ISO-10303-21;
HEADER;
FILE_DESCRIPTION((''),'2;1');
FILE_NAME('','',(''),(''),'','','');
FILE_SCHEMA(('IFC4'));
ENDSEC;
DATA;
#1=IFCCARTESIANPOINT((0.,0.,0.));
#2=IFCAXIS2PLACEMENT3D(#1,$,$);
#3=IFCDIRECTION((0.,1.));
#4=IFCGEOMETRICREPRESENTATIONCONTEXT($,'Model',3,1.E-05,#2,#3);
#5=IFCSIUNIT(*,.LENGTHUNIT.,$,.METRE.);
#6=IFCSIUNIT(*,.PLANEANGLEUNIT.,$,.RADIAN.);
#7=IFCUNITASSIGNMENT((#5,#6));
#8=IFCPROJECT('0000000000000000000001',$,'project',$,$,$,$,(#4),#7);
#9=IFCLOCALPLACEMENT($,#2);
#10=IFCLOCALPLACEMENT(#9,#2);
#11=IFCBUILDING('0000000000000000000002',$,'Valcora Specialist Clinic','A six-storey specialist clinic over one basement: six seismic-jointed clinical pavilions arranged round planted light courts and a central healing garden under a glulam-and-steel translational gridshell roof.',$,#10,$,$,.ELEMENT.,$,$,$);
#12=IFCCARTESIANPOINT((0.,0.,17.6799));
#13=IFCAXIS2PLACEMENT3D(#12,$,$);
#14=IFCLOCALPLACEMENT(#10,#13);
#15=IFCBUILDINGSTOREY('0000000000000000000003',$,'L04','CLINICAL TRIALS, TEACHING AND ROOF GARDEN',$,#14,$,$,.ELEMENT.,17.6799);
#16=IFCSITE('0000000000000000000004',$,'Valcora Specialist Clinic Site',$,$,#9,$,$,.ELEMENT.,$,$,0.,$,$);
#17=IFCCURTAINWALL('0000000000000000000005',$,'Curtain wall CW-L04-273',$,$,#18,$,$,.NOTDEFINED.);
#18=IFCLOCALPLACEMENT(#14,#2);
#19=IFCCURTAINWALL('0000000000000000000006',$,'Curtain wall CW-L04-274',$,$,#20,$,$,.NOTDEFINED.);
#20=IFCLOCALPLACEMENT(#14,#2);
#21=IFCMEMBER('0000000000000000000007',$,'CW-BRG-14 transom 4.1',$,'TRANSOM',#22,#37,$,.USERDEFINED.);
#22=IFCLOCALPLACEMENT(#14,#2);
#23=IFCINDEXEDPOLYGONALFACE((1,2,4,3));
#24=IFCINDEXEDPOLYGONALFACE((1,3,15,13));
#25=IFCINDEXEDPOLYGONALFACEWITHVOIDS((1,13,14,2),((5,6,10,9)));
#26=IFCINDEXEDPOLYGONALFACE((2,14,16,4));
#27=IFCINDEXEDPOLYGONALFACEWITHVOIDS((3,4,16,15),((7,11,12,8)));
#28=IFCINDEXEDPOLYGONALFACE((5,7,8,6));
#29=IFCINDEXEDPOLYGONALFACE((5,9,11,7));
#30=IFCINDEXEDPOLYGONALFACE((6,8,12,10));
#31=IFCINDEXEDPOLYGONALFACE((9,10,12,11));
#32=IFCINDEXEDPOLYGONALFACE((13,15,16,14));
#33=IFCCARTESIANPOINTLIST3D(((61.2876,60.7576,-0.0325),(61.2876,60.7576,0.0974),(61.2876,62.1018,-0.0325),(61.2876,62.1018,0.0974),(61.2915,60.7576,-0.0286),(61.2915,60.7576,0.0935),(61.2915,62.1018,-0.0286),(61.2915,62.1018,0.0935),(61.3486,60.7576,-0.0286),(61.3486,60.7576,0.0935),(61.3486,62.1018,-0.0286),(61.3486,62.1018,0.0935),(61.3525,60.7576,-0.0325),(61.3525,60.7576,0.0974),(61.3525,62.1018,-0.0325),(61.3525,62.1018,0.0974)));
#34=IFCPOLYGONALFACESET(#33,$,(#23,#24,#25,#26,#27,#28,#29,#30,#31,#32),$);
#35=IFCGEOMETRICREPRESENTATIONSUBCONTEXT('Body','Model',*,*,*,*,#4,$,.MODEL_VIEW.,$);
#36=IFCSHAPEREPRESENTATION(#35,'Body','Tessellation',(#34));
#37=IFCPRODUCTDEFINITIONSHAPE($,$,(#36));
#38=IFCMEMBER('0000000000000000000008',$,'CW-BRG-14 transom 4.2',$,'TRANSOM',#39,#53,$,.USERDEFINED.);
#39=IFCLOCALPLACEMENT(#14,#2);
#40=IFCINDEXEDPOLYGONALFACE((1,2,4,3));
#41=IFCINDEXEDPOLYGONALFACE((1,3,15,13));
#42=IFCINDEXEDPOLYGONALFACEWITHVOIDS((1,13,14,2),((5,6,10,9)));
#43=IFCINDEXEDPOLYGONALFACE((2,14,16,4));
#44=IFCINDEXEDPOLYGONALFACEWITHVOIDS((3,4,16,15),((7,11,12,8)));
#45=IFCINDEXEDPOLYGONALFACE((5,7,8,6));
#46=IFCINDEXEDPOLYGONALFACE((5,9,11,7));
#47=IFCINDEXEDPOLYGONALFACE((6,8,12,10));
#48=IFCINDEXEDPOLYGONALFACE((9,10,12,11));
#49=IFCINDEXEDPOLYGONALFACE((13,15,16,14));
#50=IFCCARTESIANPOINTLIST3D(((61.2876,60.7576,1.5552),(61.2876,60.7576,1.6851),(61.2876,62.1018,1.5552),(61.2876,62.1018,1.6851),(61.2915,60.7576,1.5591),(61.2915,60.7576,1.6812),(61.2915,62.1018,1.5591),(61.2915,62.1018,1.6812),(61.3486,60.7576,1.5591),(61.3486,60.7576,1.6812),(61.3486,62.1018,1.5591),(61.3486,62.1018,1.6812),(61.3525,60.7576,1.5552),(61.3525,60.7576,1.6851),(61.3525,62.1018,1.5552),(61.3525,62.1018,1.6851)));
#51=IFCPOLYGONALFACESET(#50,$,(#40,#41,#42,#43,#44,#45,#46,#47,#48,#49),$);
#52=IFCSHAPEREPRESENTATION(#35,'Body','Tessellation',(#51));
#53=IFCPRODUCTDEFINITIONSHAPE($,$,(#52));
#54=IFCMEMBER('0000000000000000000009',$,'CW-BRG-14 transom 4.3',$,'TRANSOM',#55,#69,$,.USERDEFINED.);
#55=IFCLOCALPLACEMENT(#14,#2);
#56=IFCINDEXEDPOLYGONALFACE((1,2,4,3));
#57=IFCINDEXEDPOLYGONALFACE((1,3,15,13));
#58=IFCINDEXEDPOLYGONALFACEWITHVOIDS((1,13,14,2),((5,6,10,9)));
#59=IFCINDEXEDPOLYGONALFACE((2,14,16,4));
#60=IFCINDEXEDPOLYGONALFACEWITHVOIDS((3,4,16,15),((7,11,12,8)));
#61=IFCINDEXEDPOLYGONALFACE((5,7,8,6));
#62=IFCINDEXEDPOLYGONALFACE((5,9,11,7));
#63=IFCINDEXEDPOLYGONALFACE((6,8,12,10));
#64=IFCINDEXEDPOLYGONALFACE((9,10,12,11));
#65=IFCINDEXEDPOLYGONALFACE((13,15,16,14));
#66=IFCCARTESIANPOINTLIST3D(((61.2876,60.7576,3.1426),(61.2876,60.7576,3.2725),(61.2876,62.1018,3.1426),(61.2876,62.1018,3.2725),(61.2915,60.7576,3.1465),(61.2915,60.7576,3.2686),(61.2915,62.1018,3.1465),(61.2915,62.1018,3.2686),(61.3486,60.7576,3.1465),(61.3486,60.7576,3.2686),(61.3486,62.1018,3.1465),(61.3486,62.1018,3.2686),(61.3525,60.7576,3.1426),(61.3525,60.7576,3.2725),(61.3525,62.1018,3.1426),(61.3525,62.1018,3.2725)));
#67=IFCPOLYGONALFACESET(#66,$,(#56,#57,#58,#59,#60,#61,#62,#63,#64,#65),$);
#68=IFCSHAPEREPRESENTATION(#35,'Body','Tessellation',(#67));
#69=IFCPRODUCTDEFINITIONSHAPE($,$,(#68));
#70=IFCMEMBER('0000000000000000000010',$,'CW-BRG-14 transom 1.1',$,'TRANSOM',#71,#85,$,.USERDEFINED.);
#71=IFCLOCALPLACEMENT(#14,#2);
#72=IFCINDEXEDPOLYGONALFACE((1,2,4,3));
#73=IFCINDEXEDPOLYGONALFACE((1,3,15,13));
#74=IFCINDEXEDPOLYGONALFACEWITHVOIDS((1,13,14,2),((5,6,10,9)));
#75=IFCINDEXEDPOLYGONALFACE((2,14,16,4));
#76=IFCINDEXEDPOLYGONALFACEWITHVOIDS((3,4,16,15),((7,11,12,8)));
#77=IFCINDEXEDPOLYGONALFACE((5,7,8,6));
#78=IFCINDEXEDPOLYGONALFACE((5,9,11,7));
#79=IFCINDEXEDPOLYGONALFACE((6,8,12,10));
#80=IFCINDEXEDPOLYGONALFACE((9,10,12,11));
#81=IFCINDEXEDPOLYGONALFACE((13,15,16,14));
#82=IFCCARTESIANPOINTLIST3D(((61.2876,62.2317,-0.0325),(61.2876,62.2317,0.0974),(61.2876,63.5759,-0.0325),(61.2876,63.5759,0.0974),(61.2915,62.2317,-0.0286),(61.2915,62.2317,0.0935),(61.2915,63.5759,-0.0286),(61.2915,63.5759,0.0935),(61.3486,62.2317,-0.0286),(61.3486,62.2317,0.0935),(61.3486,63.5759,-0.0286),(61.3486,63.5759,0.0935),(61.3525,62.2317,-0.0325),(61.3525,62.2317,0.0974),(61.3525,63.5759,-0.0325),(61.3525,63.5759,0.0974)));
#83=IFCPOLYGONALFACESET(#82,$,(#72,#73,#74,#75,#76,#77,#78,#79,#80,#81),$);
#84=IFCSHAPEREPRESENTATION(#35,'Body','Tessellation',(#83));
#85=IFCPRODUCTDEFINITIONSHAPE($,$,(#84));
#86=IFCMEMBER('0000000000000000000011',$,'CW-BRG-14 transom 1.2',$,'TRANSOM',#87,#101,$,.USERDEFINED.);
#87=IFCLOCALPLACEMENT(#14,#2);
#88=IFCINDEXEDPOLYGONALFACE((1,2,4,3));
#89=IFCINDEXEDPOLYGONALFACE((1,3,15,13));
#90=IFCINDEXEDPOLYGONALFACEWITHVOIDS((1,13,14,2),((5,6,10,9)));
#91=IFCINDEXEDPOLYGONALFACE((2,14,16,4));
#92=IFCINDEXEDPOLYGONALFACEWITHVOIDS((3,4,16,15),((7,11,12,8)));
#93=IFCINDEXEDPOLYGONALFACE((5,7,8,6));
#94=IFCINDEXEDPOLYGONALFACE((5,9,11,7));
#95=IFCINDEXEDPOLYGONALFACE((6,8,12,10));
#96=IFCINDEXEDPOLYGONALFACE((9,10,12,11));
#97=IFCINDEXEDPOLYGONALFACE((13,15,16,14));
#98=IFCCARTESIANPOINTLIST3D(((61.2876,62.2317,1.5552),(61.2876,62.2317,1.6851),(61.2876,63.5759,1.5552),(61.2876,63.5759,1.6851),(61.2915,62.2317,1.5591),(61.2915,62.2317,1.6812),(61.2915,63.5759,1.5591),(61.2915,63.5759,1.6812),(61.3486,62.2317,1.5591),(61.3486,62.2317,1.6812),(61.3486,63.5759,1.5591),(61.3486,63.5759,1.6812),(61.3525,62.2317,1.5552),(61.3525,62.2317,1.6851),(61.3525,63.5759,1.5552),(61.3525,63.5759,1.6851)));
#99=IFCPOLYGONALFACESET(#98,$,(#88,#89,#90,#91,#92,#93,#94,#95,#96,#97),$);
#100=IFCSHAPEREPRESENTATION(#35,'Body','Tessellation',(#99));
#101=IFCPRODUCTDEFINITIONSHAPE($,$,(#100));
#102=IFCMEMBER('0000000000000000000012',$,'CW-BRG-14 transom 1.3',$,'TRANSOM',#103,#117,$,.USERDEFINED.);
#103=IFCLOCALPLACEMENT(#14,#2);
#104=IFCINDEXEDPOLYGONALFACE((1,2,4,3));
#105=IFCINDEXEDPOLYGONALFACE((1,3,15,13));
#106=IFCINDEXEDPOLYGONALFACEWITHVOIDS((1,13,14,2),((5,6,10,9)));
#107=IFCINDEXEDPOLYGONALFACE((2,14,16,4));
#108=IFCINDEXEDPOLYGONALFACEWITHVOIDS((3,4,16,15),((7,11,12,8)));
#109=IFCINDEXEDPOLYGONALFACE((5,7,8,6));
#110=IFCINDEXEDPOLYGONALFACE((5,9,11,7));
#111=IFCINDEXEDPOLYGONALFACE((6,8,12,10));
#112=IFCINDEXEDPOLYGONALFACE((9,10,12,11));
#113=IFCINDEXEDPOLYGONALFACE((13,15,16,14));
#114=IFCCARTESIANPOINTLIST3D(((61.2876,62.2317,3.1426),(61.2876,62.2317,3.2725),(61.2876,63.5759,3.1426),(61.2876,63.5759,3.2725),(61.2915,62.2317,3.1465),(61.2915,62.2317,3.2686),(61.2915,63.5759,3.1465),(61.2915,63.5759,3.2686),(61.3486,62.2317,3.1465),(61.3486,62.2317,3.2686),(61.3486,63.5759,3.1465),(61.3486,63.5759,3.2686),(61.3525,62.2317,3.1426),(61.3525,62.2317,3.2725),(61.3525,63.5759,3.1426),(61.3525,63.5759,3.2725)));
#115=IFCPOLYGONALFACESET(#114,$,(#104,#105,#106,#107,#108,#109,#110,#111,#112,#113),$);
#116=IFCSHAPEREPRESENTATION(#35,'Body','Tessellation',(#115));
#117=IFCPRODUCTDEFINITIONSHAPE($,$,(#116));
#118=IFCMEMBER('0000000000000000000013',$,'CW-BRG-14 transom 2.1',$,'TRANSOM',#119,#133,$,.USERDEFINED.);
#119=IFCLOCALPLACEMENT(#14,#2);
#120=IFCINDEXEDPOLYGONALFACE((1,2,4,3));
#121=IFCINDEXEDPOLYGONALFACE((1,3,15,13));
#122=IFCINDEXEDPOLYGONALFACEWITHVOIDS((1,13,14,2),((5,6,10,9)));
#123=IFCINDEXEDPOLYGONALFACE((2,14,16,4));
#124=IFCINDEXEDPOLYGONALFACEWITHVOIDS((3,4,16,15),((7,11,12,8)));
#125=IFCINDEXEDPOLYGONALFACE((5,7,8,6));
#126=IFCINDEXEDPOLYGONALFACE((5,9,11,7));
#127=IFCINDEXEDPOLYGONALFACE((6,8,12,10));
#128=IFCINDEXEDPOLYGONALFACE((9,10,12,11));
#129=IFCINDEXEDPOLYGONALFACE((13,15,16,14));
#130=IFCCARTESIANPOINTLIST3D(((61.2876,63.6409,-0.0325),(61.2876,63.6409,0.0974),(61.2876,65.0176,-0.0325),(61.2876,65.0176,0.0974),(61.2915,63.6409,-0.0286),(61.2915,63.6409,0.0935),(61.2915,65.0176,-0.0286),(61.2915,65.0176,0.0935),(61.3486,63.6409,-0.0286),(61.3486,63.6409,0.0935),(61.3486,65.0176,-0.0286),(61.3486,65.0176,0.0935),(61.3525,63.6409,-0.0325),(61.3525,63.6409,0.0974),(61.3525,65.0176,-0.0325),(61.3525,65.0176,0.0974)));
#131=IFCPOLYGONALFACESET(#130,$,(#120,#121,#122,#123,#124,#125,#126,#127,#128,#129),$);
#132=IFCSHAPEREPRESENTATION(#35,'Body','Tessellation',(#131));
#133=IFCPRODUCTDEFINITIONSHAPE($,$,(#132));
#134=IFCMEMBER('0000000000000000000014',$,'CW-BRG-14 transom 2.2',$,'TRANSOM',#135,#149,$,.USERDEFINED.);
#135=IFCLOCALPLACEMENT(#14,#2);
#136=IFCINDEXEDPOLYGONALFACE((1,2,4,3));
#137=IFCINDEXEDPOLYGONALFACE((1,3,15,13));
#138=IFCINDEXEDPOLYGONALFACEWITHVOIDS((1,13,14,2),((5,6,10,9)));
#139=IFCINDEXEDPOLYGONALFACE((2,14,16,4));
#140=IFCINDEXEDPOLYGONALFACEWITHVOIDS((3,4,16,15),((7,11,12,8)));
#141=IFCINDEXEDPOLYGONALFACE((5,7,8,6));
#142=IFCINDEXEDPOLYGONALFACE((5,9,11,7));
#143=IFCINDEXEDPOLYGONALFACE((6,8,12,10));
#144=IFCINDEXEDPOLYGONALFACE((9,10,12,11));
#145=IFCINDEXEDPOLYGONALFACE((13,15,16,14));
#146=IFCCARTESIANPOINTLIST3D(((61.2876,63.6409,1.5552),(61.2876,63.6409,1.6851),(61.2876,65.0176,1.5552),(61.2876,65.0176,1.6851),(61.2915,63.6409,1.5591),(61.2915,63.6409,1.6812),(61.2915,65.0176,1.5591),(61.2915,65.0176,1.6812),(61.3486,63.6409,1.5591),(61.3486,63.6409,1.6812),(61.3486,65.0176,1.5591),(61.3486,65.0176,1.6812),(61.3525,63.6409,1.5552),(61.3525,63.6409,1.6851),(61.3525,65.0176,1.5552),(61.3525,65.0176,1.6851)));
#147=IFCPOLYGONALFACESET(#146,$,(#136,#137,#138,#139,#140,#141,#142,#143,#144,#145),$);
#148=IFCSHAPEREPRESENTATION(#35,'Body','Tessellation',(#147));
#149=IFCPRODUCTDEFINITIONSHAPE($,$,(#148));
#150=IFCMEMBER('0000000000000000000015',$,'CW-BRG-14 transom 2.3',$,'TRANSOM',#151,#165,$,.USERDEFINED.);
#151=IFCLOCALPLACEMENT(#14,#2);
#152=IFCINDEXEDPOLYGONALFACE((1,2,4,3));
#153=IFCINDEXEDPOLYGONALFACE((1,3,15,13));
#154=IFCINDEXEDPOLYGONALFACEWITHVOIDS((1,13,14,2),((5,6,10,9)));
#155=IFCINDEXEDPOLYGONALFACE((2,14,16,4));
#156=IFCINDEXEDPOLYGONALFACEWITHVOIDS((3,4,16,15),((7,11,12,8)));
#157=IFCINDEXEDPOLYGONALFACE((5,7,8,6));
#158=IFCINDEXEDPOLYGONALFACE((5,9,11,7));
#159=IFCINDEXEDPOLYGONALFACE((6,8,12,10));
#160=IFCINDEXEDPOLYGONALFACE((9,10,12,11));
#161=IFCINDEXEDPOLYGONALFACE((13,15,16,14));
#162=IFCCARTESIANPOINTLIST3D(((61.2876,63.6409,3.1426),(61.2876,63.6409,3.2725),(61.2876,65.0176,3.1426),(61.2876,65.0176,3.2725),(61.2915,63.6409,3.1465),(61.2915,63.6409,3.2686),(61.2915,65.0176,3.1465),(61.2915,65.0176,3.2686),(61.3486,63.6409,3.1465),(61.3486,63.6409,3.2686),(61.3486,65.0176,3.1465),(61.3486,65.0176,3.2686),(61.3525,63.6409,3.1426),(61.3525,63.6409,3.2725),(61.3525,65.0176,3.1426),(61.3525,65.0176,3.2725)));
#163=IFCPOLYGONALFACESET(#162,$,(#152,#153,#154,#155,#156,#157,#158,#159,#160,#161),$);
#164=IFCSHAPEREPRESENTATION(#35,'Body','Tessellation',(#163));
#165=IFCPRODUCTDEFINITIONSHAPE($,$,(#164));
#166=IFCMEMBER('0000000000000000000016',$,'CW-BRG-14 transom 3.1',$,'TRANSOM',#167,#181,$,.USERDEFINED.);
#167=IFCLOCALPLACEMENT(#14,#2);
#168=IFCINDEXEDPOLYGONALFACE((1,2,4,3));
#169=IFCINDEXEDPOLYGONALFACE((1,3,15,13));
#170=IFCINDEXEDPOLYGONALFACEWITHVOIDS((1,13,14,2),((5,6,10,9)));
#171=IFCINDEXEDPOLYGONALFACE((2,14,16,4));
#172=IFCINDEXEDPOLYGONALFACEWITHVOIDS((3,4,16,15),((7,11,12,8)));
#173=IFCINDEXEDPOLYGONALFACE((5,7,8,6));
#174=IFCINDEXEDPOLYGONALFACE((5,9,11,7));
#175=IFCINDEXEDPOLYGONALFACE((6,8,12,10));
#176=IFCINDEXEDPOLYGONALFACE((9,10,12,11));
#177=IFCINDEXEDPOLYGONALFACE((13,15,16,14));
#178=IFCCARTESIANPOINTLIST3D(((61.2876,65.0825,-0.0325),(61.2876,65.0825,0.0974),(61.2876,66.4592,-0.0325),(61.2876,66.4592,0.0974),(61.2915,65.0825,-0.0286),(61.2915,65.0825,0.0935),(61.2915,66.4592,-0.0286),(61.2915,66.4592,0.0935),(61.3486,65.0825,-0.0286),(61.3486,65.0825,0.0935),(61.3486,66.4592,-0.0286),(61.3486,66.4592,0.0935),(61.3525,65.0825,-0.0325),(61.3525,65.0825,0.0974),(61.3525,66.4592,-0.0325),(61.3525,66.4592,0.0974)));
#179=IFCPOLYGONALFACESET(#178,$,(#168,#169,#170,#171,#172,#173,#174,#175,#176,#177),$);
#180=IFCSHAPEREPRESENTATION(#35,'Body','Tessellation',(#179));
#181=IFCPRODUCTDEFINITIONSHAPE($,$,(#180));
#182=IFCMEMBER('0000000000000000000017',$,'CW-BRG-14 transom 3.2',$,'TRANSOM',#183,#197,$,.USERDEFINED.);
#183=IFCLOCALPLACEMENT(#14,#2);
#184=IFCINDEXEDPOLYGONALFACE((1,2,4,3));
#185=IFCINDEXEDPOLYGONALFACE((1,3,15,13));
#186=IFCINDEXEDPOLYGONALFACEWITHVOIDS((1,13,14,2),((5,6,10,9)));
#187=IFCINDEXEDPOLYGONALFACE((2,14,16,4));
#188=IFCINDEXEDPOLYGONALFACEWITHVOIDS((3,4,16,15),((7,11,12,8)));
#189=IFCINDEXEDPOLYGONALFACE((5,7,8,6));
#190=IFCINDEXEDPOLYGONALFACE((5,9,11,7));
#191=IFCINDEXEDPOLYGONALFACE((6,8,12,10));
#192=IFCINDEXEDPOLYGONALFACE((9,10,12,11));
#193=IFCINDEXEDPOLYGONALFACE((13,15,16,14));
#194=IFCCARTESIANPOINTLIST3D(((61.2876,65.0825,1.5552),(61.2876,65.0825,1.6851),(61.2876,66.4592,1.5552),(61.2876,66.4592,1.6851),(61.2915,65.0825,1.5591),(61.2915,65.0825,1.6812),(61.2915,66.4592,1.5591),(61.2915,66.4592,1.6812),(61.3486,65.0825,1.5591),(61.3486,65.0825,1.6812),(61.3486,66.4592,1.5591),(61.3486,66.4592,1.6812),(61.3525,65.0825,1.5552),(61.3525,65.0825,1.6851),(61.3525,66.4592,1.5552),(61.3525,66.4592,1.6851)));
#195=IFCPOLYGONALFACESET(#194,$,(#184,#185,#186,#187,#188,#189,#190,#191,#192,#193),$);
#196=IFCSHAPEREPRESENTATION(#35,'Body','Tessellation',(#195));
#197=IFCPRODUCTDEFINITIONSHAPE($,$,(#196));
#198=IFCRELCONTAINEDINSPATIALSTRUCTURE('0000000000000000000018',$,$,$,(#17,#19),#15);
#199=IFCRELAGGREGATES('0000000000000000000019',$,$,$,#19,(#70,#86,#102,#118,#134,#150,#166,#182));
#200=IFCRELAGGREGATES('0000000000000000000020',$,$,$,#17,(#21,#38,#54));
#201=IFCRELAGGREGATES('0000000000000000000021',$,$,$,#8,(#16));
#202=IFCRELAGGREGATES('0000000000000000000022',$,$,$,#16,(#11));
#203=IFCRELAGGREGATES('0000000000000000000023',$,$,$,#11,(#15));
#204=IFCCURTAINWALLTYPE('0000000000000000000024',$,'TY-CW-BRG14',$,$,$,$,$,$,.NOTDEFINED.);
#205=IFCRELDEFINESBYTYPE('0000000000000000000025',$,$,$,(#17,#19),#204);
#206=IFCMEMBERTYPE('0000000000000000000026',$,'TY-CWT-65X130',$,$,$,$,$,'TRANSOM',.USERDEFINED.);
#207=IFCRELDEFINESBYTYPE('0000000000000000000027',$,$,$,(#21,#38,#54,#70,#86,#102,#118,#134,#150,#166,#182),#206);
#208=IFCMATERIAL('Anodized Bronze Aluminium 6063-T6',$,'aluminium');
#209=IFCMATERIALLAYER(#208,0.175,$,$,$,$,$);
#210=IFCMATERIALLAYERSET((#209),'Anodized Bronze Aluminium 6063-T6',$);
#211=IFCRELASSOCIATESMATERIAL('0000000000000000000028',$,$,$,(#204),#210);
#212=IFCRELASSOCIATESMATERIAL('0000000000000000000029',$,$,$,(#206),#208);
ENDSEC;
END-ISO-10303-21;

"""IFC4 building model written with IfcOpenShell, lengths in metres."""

from ifc_helpers import new_model, si_unit, direction, frame, origin, origin_2d, place, context, subcontext, project, spatial, hollow_rectangle, extrude, material, layer, layer_set, material_profile, profile_set, type_object, element, aggregate, save


model = new_model("IFC4")

# Units and contexts
model_context = context("Model", 3, precision=1e-05, world=origin(), true_north=direction((0.0, 1.0)))
body_context = subcontext(model_context, "Body", "Model", "MODEL_VIEW")
ifc_project = project(units=[si_unit("LENGTHUNIT", "METRE"), si_unit("PLANEANGLEUNIT", "RADIAN")], contexts=[model_context])

# Site, building, storey
site_placement = place(None, origin())
site = spatial("IfcSite", under=ifc_project, at=site_placement, Name="Valcora Specialist Clinic Site", CompositionType="ELEMENT", RefElevation=0.0)
building_placement = place(site_placement, origin())
building = spatial("IfcBuilding", under=site, at=building_placement, Name="Valcora Specialist Clinic", Description="A six-storey specialist clinic over one basement: six seismic-jointed clinical pavilions arranged round planted light courts and a central healing garden under a glulam-and-steel translational gridshell roof.", CompositionType="ELEMENT")
storey_placement = place(building_placement, frame((0.0, 0.0, 17.6799)))
storey = spatial("IfcBuildingStorey", under=building, at=storey_placement, Name="L04", Description="CLINICAL TRIALS, TEACHING AND ROOF GARDEN", CompositionType="ELEMENT", Elevation=17.6799)

# Curtain walls
ifc_material_1 = material(Name="Anodized Bronze Aluminium 6063-T6", Category="aluminium")
ifc_layer_1 = layer(ifc_material_1, 0.175)
ifc_layer_set_1 = layer_set([ifc_layer_1], Name="Anodized Bronze Aluminium 6063-T6")
curtain_wall_type = type_object("IfcCurtainWallType", Name="TY-CW-BRG14", PredefinedType="NOTDEFINED", material=ifc_layer_set_1)
curtain_wall_1_placement = place(storey_placement, origin())
curtain_wall_1 = element("IfcCurtainWall", 1, at=curtain_wall_1_placement, inside=storey, type_object=curtain_wall_type, Name="Curtain wall CW-L04-273", PredefinedType="NOTDEFINED")
curtain_wall_2_placement = place(storey_placement, origin())
curtain_wall_2 = element("IfcCurtainWall", 2, at=curtain_wall_2_placement, inside=storey, type_object=curtain_wall_type, Name="Curtain wall CW-L04-274", PredefinedType="NOTDEFINED")

# Members
ifc_material_profile_1 = material_profile(ifc_material_1, hollow_rectangle(XDim=0.0649, YDim=0.1299, WallThickness=0.0039, at=origin_2d()), Name="AL-TRN-65X130")
ifc_profile_set_1 = profile_set([ifc_material_profile_1], Name="Anodized Bronze Aluminium 6063-T6")
member_type_1 = type_object("IfcMemberType", Name="TY-CWT-65X130", ElementType="TRANSOM", PredefinedType="USERDEFINED", material=ifc_profile_set_1)
member_1_placement = place(storey_placement, frame((61.3201, 60.7576, 0.0325), z_axis=(0.0, 1.0, 0.0), x_axis=(-1.0, 0.0, 0.0)))
member_1 = element("IfcMember", 3, at=member_1_placement, type_object=member_type_1, Name="CW-BRG-14 transom 4.1", ObjectType="TRANSOM", PredefinedType="USERDEFINED", context=body_context, shape_type="SweptSolid", body=[
    extrude(hollow_rectangle(XDim=0.0649, YDim=0.1299, WallThickness=0.0039, at=origin_2d()), origin(), (0.0, 0.0, 1.0), 1.3442),
])
member_2_placement = place(storey_placement, frame((61.3201, 60.7576, 1.6201), z_axis=(0.0, 1.0, 0.0), x_axis=(-1.0, 0.0, 0.0)))
member_2 = element("IfcMember", 4, at=member_2_placement, type_object=member_type_1, Name="CW-BRG-14 transom 4.2", ObjectType="TRANSOM", PredefinedType="USERDEFINED", context=body_context, shape_type="SweptSolid", body=[
    extrude(hollow_rectangle(XDim=0.0649, YDim=0.1299, WallThickness=0.0039, at=origin_2d()), origin(), (0.0, 0.0, 1.0), 1.3442),
])
member_3_placement = place(storey_placement, frame((61.3201, 60.7576, 3.2075), z_axis=(0.0, 1.0, 0.0), x_axis=(-1.0, 0.0, 0.0)))
member_3 = element("IfcMember", 5, at=member_3_placement, type_object=member_type_1, Name="CW-BRG-14 transom 4.3", ObjectType="TRANSOM", PredefinedType="USERDEFINED", context=body_context, shape_type="SweptSolid", body=[
    extrude(hollow_rectangle(XDim=0.0649, YDim=0.1299, WallThickness=0.0039, at=origin_2d()), origin(), (0.0, 0.0, 1.0), 1.3442),
])
member_4_placement = place(storey_placement, frame((61.3201, 62.2317, 0.0325), z_axis=(0.0, 1.0, 0.0), x_axis=(-1.0, 0.0, 0.0)))
member_4 = element("IfcMember", 6, at=member_4_placement, type_object=member_type_1, Name="CW-BRG-14 transom 1.1", ObjectType="TRANSOM", PredefinedType="USERDEFINED", context=body_context, shape_type="SweptSolid", body=[
    extrude(hollow_rectangle(XDim=0.0649, YDim=0.1299, WallThickness=0.0039, at=origin_2d()), origin(), (0.0, 0.0, 1.0), 1.3442),
])
member_5_placement = place(storey_placement, frame((61.3201, 62.2317, 1.6201), z_axis=(0.0, 1.0, 0.0), x_axis=(-1.0, 0.0, 0.0)))
member_5 = element("IfcMember", 7, at=member_5_placement, type_object=member_type_1, Name="CW-BRG-14 transom 1.2", ObjectType="TRANSOM", PredefinedType="USERDEFINED", context=body_context, shape_type="SweptSolid", body=[
    extrude(hollow_rectangle(XDim=0.0649, YDim=0.1299, WallThickness=0.0039, at=origin_2d()), origin(), (0.0, 0.0, 1.0), 1.3442),
])
member_6_placement = place(storey_placement, frame((61.3201, 62.2317, 3.2075), z_axis=(0.0, 1.0, 0.0), x_axis=(-1.0, 0.0, 0.0)))
member_6 = element("IfcMember", 8, at=member_6_placement, type_object=member_type_1, Name="CW-BRG-14 transom 1.3", ObjectType="TRANSOM", PredefinedType="USERDEFINED", context=body_context, shape_type="SweptSolid", body=[
    extrude(hollow_rectangle(XDim=0.0649, YDim=0.1299, WallThickness=0.0039, at=origin_2d()), origin(), (0.0, 0.0, 1.0), 1.3442),
])
member_7_placement = place(storey_placement, frame((61.3201, 63.6409, 0.0325), z_axis=(0.0, 1.0, 0.0), x_axis=(-1.0, 0.0, 0.0)))
member_7 = element("IfcMember", 9, at=member_7_placement, type_object=member_type_1, Name="CW-BRG-14 transom 2.1", ObjectType="TRANSOM", PredefinedType="USERDEFINED", context=body_context, shape_type="SweptSolid", body=[
    extrude(hollow_rectangle(XDim=0.0649, YDim=0.1299, WallThickness=0.0039, at=origin_2d()), origin(), (0.0, 0.0, 1.0), 1.3767),
])
member_8_placement = place(storey_placement, frame((61.3201, 63.6409, 1.6201), z_axis=(0.0, 1.0, 0.0), x_axis=(-1.0, 0.0, 0.0)))
member_8 = element("IfcMember", 10, at=member_8_placement, type_object=member_type_1, Name="CW-BRG-14 transom 2.2", ObjectType="TRANSOM", PredefinedType="USERDEFINED", context=body_context, shape_type="SweptSolid", body=[
    extrude(hollow_rectangle(XDim=0.0649, YDim=0.1299, WallThickness=0.0039, at=origin_2d()), origin(), (0.0, 0.0, 1.0), 1.3767),
])
member_9_placement = place(storey_placement, frame((61.3201, 63.6409, 3.2075), z_axis=(0.0, 1.0, 0.0), x_axis=(-1.0, 0.0, 0.0)))
member_9 = element("IfcMember", 11, at=member_9_placement, type_object=member_type_1, Name="CW-BRG-14 transom 2.3", ObjectType="TRANSOM", PredefinedType="USERDEFINED", context=body_context, shape_type="SweptSolid", body=[
    extrude(hollow_rectangle(XDim=0.0649, YDim=0.1299, WallThickness=0.0039, at=origin_2d()), origin(), (0.0, 0.0, 1.0), 1.3767),
])
member_10_placement = place(storey_placement, frame((61.3201, 65.0825, 0.0325), z_axis=(0.0, 1.0, 0.0), x_axis=(-1.0, 0.0, 0.0)))
member_10 = element("IfcMember", 12, at=member_10_placement, type_object=member_type_1, Name="CW-BRG-14 transom 3.1", ObjectType="TRANSOM", PredefinedType="USERDEFINED", context=body_context, shape_type="SweptSolid", body=[
    extrude(hollow_rectangle(XDim=0.0649, YDim=0.1299, WallThickness=0.0039, at=origin_2d()), origin(), (0.0, 0.0, 1.0), 1.3767),
])
member_11_placement = place(storey_placement, frame((61.3201, 65.0825, 1.6201), z_axis=(0.0, 1.0, 0.0), x_axis=(-1.0, 0.0, 0.0)))
member_11 = element("IfcMember", 13, at=member_11_placement, type_object=member_type_1, Name="CW-BRG-14 transom 3.2", ObjectType="TRANSOM", PredefinedType="USERDEFINED", context=body_context, shape_type="SweptSolid", body=[
    extrude(hollow_rectangle(XDim=0.0649, YDim=0.1299, WallThickness=0.0039, at=origin_2d()), origin(), (0.0, 0.0, 1.0), 1.3767),
])

aggregate(curtain_wall_2, [member_4, member_5, member_6, member_7, member_8, member_9, member_10, member_11])
aggregate(curtain_wall_1, [member_1, member_2, member_3])

save(model, "model.ifc")
